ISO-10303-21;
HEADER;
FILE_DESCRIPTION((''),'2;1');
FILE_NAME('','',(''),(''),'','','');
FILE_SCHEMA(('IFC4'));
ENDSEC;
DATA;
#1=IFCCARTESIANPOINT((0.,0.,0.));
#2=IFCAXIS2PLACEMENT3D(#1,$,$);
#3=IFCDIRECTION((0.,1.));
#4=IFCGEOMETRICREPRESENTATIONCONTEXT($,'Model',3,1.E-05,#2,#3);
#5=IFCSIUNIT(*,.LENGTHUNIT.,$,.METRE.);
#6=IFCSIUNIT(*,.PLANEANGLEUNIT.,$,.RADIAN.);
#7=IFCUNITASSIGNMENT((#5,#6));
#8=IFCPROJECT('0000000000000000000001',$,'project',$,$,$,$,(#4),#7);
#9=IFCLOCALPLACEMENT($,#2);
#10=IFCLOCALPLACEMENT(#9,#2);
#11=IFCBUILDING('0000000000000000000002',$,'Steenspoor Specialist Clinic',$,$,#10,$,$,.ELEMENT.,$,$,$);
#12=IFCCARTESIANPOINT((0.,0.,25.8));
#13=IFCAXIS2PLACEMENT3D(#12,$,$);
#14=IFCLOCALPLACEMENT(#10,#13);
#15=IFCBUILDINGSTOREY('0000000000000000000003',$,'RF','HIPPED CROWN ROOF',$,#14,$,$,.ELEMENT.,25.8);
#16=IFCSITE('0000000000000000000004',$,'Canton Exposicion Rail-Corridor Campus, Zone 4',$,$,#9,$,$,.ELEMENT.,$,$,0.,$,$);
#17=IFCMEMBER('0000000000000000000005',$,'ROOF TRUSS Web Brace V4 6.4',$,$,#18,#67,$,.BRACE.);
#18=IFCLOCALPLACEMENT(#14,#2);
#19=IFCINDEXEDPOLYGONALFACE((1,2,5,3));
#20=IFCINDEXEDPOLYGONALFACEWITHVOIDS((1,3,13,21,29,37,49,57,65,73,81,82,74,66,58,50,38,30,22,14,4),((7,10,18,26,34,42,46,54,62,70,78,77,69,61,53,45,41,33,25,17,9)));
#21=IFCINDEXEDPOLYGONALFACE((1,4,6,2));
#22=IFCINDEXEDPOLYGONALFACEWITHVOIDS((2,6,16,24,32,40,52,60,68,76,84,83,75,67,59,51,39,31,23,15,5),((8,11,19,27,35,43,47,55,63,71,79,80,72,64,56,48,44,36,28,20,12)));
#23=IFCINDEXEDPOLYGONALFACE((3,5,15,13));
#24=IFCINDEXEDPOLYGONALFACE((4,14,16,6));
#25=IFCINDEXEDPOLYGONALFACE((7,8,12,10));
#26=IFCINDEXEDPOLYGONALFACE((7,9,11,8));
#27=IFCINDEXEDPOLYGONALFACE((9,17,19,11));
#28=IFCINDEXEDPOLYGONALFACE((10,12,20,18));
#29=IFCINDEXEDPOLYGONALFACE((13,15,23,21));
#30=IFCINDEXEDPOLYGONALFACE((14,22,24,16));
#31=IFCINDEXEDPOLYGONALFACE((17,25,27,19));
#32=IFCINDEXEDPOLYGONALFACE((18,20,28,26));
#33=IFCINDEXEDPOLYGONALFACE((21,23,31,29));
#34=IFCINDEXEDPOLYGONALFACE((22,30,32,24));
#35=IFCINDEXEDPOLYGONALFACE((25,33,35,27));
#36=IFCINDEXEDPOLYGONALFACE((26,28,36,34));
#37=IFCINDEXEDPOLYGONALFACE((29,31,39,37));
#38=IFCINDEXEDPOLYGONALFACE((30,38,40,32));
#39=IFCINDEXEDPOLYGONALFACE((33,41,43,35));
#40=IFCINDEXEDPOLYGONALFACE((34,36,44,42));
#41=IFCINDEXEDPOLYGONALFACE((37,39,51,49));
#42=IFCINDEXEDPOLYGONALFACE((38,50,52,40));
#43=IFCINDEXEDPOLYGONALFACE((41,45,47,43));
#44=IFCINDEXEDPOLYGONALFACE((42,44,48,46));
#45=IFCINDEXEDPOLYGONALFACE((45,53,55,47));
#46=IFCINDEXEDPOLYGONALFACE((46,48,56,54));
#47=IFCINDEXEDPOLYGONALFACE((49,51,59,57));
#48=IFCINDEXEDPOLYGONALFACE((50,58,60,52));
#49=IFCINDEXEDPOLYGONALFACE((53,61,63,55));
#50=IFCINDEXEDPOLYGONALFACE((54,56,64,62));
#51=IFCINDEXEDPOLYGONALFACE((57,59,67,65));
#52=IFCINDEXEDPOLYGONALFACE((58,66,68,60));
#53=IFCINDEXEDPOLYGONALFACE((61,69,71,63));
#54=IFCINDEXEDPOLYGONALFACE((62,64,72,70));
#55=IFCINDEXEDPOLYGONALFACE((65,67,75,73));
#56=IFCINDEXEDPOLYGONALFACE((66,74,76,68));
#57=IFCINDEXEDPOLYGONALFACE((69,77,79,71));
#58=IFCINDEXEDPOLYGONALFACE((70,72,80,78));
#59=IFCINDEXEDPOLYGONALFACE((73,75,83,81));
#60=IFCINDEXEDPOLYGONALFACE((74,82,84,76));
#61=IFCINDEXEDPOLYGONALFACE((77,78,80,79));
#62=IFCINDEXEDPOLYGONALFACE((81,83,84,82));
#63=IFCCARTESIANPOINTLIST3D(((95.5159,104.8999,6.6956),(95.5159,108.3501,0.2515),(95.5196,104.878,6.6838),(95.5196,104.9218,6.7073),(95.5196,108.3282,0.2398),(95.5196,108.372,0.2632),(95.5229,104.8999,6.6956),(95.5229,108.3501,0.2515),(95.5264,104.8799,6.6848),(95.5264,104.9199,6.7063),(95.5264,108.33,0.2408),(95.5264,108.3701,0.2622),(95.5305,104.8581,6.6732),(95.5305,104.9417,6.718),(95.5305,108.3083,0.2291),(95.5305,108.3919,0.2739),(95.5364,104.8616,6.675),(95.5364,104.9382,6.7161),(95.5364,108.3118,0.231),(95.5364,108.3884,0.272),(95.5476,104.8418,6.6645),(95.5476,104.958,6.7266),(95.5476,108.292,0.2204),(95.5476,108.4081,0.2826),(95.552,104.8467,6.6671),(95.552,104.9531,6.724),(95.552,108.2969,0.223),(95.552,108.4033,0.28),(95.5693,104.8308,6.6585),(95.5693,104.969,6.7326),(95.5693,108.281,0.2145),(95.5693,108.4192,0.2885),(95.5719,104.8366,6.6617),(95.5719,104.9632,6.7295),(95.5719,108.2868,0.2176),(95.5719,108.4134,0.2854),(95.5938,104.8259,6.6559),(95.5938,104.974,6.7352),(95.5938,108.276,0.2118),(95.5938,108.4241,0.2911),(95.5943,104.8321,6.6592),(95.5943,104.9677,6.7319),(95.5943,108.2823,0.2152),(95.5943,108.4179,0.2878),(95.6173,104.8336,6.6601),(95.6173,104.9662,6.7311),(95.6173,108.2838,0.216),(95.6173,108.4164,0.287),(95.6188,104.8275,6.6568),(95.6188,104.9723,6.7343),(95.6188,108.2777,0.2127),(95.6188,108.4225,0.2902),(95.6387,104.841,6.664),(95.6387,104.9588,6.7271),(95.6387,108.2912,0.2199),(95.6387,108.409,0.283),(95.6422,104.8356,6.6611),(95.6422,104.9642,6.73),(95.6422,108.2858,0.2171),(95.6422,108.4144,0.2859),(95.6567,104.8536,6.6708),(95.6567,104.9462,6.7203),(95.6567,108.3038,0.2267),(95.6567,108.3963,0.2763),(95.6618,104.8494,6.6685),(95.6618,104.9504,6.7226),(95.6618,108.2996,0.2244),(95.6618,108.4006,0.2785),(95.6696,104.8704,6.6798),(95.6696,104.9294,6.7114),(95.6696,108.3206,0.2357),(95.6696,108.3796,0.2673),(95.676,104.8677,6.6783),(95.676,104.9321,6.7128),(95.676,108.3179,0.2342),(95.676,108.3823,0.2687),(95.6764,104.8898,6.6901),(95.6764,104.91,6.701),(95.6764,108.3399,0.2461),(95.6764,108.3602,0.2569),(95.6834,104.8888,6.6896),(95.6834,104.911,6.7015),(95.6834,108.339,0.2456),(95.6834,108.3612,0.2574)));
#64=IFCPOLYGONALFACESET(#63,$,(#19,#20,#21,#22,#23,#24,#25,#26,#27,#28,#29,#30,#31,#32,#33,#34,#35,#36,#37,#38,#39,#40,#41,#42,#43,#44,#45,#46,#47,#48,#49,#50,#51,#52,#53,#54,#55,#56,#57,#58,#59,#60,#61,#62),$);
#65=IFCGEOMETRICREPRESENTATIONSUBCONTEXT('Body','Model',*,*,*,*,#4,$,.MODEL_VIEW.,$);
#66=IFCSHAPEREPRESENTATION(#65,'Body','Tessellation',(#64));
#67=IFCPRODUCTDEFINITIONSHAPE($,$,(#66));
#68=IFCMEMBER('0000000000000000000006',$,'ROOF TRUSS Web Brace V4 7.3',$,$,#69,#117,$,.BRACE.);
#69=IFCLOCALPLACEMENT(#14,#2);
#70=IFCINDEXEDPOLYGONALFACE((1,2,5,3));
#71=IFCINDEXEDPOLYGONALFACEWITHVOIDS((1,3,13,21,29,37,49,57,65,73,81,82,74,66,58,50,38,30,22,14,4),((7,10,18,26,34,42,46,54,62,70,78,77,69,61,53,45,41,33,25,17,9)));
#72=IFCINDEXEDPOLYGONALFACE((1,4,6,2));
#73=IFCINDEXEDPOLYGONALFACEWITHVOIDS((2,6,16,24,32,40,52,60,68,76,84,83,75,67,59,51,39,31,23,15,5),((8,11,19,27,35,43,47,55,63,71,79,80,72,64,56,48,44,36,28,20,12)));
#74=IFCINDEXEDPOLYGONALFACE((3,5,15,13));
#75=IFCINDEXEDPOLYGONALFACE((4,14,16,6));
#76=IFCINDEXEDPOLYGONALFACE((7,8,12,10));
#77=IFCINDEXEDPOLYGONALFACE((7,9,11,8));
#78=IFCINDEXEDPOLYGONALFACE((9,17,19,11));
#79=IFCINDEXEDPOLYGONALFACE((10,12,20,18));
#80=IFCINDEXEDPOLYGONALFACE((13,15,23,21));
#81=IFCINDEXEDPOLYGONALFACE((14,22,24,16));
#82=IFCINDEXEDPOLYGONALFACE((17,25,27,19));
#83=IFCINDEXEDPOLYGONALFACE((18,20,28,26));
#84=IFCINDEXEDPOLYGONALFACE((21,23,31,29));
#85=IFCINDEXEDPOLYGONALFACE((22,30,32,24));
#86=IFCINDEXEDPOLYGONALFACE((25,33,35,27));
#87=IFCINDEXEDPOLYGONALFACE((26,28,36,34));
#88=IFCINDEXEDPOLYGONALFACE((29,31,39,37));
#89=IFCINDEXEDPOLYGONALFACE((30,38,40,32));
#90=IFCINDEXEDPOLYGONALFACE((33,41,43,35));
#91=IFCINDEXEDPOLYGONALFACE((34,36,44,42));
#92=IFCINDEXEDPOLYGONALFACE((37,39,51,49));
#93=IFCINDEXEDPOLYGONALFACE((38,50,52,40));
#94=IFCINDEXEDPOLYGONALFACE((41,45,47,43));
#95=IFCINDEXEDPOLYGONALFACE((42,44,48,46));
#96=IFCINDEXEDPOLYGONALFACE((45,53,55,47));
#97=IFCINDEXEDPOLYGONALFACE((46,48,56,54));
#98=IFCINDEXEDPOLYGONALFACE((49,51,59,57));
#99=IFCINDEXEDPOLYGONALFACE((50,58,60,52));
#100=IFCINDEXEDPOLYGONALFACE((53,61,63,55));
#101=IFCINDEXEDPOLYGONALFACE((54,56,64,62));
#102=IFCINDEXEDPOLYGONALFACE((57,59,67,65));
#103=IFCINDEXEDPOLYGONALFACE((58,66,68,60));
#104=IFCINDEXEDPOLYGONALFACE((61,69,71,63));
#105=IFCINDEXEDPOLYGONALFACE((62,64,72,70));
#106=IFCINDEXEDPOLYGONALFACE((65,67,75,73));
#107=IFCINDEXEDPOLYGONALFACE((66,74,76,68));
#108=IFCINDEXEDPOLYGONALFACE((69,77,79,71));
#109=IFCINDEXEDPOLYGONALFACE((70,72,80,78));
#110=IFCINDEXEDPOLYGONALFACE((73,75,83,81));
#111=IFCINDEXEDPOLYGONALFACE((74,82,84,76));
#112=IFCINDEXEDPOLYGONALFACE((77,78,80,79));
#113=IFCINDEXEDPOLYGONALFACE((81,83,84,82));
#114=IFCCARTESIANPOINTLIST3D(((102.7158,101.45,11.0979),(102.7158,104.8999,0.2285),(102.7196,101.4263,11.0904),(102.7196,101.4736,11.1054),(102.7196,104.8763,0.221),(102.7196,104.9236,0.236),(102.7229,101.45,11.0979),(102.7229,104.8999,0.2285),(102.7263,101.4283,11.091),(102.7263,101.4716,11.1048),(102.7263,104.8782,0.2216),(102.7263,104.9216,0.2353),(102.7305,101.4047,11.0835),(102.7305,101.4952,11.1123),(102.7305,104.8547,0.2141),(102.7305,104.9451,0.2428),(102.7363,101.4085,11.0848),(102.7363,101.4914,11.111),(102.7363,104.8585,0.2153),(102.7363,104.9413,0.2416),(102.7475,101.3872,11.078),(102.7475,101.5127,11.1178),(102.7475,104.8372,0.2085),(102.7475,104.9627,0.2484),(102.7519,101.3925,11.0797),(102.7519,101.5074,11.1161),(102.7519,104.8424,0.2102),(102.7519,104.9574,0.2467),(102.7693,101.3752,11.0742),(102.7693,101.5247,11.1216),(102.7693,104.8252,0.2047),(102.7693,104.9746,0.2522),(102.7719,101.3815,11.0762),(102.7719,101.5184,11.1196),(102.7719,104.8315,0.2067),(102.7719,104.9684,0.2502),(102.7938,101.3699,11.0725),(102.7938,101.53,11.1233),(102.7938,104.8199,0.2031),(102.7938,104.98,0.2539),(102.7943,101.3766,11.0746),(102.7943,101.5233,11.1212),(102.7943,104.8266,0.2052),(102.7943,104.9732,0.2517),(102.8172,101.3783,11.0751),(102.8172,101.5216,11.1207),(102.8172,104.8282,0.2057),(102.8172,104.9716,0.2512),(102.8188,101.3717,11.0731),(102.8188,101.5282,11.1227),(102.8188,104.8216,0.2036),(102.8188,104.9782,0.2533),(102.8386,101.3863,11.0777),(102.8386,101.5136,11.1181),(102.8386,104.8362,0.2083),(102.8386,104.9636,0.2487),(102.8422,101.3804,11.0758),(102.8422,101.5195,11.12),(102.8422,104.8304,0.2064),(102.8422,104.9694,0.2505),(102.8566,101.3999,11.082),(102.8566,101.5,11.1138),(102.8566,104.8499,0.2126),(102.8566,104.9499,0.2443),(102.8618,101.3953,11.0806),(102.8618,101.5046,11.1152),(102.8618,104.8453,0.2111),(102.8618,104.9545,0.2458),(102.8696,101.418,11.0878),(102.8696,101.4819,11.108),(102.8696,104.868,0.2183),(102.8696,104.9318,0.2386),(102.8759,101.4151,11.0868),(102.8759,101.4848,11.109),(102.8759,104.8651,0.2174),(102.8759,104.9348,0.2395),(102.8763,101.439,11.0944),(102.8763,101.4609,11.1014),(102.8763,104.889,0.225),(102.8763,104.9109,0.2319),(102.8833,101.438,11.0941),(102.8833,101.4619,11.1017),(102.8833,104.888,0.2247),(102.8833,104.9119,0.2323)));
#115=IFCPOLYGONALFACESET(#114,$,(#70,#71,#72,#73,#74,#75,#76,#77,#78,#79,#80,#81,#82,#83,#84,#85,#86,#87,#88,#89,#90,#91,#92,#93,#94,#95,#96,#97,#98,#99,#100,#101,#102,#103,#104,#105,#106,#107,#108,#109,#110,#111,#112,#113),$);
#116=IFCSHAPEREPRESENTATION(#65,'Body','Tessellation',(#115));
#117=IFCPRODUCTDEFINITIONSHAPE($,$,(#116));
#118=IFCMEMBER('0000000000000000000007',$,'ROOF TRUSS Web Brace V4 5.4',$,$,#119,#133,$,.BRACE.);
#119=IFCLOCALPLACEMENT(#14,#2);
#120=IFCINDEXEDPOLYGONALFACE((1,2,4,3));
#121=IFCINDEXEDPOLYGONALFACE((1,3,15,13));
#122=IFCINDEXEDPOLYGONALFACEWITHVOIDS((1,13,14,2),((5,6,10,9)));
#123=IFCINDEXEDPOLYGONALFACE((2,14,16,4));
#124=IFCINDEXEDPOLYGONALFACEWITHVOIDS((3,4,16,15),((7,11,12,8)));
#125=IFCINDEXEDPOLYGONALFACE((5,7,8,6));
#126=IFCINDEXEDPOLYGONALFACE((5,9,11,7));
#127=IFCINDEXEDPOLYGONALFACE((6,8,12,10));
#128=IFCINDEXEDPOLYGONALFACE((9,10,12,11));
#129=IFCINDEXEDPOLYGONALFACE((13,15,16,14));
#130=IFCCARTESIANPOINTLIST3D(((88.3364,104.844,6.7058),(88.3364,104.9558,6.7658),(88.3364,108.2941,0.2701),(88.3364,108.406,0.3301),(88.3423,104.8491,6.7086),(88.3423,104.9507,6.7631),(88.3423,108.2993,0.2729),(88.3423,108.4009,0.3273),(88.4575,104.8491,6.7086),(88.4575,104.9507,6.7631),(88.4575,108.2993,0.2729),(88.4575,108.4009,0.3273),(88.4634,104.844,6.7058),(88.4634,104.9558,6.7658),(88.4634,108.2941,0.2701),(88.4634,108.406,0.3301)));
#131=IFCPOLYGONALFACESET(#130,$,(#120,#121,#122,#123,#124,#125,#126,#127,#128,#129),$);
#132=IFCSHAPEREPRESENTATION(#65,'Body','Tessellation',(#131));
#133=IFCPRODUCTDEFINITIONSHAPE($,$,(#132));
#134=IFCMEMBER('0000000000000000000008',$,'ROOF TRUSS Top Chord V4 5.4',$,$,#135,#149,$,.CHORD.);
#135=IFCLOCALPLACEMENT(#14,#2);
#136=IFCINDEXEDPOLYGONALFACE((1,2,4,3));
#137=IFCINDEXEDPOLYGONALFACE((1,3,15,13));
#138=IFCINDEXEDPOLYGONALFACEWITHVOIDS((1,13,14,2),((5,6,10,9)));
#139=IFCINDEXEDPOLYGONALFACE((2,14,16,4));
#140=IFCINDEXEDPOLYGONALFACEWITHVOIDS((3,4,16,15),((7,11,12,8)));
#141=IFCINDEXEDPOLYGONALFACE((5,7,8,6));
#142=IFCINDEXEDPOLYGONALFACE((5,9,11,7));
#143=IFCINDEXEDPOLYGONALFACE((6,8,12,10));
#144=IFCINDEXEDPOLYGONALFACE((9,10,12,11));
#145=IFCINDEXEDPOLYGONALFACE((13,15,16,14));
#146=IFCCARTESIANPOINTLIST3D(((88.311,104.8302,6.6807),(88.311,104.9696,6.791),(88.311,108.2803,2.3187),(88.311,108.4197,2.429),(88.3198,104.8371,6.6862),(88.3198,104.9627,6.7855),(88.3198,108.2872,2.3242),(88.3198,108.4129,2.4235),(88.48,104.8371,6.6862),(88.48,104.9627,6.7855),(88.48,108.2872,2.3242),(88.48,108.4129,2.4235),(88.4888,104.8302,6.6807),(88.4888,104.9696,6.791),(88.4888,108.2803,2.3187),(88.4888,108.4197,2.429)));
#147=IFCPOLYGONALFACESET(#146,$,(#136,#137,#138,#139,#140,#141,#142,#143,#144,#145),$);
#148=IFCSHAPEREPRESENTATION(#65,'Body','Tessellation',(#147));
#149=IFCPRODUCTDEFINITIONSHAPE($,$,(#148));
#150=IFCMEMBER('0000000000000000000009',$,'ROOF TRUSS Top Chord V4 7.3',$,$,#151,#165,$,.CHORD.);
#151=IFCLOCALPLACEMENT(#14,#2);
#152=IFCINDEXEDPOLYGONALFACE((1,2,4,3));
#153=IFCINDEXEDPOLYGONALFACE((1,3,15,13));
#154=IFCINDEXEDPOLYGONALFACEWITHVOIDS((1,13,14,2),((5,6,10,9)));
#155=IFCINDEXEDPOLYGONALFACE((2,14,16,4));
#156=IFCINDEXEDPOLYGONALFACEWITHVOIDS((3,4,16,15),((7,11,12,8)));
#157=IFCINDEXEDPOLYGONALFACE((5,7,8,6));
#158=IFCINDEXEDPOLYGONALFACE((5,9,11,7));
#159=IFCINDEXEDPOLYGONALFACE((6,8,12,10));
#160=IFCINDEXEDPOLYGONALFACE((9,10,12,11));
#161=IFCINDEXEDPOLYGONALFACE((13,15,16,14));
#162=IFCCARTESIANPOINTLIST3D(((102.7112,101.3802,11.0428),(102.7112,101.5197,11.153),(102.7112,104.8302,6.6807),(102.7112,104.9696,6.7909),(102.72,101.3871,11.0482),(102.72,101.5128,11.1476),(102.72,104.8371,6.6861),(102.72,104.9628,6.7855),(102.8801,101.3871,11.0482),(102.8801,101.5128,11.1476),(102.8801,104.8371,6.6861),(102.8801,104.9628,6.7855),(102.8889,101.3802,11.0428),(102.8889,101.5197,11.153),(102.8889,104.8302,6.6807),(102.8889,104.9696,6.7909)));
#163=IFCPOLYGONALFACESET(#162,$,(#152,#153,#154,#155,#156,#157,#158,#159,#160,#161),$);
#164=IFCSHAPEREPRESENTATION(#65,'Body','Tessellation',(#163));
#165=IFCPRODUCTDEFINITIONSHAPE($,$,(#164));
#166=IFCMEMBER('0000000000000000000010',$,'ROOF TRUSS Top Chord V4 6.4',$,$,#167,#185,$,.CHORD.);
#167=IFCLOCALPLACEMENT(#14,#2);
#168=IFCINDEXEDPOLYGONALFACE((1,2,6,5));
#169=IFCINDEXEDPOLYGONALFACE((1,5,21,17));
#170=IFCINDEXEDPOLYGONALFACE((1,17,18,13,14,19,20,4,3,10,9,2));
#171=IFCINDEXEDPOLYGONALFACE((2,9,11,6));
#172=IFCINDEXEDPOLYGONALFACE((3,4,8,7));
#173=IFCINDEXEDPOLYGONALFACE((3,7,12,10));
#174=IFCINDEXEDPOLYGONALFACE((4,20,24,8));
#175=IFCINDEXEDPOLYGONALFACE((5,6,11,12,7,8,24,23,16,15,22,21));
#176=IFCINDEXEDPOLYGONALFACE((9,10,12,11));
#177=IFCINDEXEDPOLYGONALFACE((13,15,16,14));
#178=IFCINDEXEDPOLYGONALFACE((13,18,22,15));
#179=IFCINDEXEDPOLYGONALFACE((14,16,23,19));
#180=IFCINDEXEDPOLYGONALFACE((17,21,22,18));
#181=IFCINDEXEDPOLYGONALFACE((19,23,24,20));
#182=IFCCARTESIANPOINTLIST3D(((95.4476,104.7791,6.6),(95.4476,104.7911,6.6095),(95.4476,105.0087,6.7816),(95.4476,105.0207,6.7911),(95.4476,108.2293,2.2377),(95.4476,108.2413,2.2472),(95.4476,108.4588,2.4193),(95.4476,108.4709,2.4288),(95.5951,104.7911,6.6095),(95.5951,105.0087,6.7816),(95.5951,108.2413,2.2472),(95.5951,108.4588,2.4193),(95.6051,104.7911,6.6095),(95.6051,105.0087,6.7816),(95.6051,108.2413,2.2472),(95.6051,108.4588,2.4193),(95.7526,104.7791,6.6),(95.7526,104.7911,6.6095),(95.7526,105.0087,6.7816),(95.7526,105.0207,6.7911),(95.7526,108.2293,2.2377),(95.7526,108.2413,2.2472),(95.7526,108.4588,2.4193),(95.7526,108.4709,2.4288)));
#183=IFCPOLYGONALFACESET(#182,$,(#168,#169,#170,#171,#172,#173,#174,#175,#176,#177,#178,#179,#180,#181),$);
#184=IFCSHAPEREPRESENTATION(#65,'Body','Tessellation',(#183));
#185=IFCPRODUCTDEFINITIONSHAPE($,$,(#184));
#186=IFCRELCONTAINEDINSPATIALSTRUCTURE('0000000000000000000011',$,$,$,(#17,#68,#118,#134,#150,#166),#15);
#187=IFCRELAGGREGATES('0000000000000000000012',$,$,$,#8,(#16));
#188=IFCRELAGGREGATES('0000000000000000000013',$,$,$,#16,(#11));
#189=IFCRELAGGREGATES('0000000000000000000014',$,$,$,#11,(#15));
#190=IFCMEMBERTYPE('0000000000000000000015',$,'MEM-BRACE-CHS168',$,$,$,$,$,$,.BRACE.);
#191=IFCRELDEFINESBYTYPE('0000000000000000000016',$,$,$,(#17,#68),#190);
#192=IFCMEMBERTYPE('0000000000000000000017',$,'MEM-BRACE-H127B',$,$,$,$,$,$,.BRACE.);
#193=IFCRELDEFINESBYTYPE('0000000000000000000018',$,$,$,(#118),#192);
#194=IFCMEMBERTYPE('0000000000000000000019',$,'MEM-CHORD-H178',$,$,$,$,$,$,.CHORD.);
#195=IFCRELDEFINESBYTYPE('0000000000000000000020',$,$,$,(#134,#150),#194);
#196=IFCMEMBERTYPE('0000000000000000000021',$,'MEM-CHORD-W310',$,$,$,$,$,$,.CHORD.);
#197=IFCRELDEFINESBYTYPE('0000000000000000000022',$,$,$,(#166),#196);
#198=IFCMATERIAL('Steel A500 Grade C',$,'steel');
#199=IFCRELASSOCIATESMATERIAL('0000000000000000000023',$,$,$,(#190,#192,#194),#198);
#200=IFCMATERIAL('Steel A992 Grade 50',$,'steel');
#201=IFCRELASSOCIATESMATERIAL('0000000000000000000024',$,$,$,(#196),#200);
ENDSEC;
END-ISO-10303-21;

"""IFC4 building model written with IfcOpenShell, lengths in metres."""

from ifc_helpers import new_model, si_unit, direction, frame, origin, origin_2d, place, context, subcontext, project, spatial, hollow_rectangle, hollow_circle, i_section, extrude, material, material_profile, profile_set, type_object, element, save


model = new_model("IFC4")

# Units and contexts
model_context = context("Model", 3, precision=1e-05, world=origin(), true_north=direction((0.0, 1.0)))
body_context = subcontext(model_context, "Body", "Model", "MODEL_VIEW")
ifc_project = project(units=[si_unit("LENGTHUNIT", "METRE"), si_unit("PLANEANGLEUNIT", "RADIAN")], contexts=[model_context])

# Site, building, storey
site_placement = place(None, origin())
site = spatial("IfcSite", under=ifc_project, at=site_placement, Name="Canton Exposicion Rail-Corridor Campus, Zone 4", CompositionType="ELEMENT", RefElevation=0.0)
building_placement = place(site_placement, origin())
building = spatial("IfcBuilding", under=site, at=building_placement, Name="Steenspoor Specialist Clinic", CompositionType="ELEMENT")
storey_placement = place(building_placement, frame((0.0, 0.0, 25.8)))
storey = spatial("IfcBuildingStorey", under=building, at=storey_placement, Name="RF", Description="HIPPED CROWN ROOF", CompositionType="ELEMENT", Elevation=25.8)

# Members
ifc_material_1 = material(Name="Steel A500 Grade C", Category="steel")
ifc_material_profile_1 = material_profile(ifc_material_1, hollow_circle(Radius=0.0842, WallThickness=0.0071, at=origin_2d()), Name="CHS168X7.1")
ifc_profile_set_1 = profile_set([ifc_material_profile_1], Name="Steel A500 Grade C")
member_type_1 = type_object("IfcMemberType", Name="MEM-BRACE-CHS168", PredefinedType="BRACE", material=ifc_profile_set_1)
member_1_placement = place(storey_placement, frame((95.6001, 104.8999, 6.6956), z_axis=(0.0, 0.472009, -0.881594), x_axis=(-1.0, 0.0, 0.0)))
element("IfcMember", 1, at=member_1_placement, inside=storey, type_object=member_type_1, Name="ROOF TRUSS Web Brace V4 6.4", PredefinedType="BRACE", context=body_context, shape_type="SweptSolid", body=[
    extrude(hollow_circle(Radius=0.0842, WallThickness=0.0071, at=origin_2d()), origin(), (0.0, 0.0, 1.0), 7.3096),
])
member_2_placement = place(storey_placement, frame((102.8, 101.45, 11.0979), z_axis=(0.0, 0.302528, -0.953141), x_axis=(-1.0, 0.0, 0.0)))
element("IfcMember", 2, at=member_2_placement, inside=storey, type_object=member_type_1, Name="ROOF TRUSS Web Brace V4 7.3", PredefinedType="BRACE", context=body_context, shape_type="SweptSolid", body=[
    extrude(hollow_circle(Radius=0.0842, WallThickness=0.0071, at=origin_2d()), origin(), (0.0, 0.0, 1.0), 11.4038),
])
ifc_material_profile_2 = material_profile(ifc_material_1, hollow_rectangle(XDim=0.127, YDim=0.127, WallThickness=0.0059, at=origin_2d()), Name="HSS127X127X6.4")
ifc_profile_set_2 = profile_set([ifc_material_profile_2], Name="Steel A500 Grade C")
member_type_2 = type_object("IfcMemberType", Name="MEM-BRACE-H127B", PredefinedType="BRACE", material=ifc_profile_set_2)
member_3_placement = place(storey_placement, frame((88.3999, 104.8999, 6.7358), z_axis=(0.0, 0.472482, -0.88134), x_axis=(-1.0, 0.0, 0.0)))
element("IfcMember", 3, at=member_3_placement, inside=storey, type_object=member_type_2, Name="ROOF TRUSS Web Brace V4 5.4", PredefinedType="BRACE", context=body_context, shape_type="SweptSolid", body=[
    extrude(hollow_rectangle(XDim=0.127, YDim=0.127, WallThickness=0.0059, at=origin_2d()), origin(), (0.0, 0.0, 1.0), 7.3022),
])
ifc_material_profile_3 = material_profile(ifc_material_1, hollow_rectangle(XDim=0.1777, YDim=0.1777, WallThickness=0.0088, at=origin_2d()), Name="HSS178X178X9.5")
ifc_profile_set_3 = profile_set([ifc_material_profile_3], Name="Steel A500 Grade C")
member_type_3 = type_object("IfcMemberType", Name="MEM-CHORD-H178", PredefinedType="CHORD", material=ifc_profile_set_3)
for number, where, z_axis, x_axis, name in (
    (4, (88.3999, 104.8999, 6.7358), (0.0, 0.62036, -0.784317), (-1.0, 0.0, 0.0), "ROOF TRUSS Top Chord V4 5.4"),
    (5, (102.8, 101.45, 11.0979), (0.0, 0.620333, -0.784339), (-1.0, 0.0, 0.0), "ROOF TRUSS Top Chord V4 7.3"),
):
    element("IfcMember", number, at=place(storey_placement, frame(where, z_axis=z_axis, x_axis=x_axis)), inside=storey, type_object=member_type_3, Name=name, PredefinedType="CHORD", context=body_context, shape_type="SweptSolid", body=[
        extrude(hollow_rectangle(XDim=0.1777, YDim=0.1777, WallThickness=0.0088, at=origin_2d()), origin(), (0.0, 0.0, 1.0), 5.5615),
    ])
ifc_material_2 = material(Name="Steel A992 Grade 50", Category="steel")
ifc_material_profile_4 = material_profile(ifc_material_2, i_section(OverallWidth=0.3049, OverallDepth=0.3081, WebThickness=0.01, FlangeThickness=0.0154, at=origin_2d()), Name="W310X97")
ifc_profile_set_4 = profile_set([ifc_material_profile_4], Name="Steel A992 Grade 50")
member_type_4 = type_object("IfcMemberType", Name="MEM-CHORD-W310", PredefinedType="CHORD", material=ifc_profile_set_4)
member_4_placement = place(storey_placement, frame((95.6001, 104.8999, 6.6956), z_axis=(0.0, 0.620339, -0.784334), x_axis=(-1.0, 0.0, 0.0)))
element("IfcMember", 6, at=member_4_placement, inside=storey, type_object=member_type_4, Name="ROOF TRUSS Top Chord V4 6.4", PredefinedType="CHORD", context=body_context, shape_type="SweptSolid", body=[
    extrude(i_section(OverallWidth=0.3049, OverallDepth=0.3081, WebThickness=0.01, FlangeThickness=0.0154, at=origin_2d()), origin(), (0.0, 0.0, 1.0), 5.5618),
])

save(model, "model.ifc")
